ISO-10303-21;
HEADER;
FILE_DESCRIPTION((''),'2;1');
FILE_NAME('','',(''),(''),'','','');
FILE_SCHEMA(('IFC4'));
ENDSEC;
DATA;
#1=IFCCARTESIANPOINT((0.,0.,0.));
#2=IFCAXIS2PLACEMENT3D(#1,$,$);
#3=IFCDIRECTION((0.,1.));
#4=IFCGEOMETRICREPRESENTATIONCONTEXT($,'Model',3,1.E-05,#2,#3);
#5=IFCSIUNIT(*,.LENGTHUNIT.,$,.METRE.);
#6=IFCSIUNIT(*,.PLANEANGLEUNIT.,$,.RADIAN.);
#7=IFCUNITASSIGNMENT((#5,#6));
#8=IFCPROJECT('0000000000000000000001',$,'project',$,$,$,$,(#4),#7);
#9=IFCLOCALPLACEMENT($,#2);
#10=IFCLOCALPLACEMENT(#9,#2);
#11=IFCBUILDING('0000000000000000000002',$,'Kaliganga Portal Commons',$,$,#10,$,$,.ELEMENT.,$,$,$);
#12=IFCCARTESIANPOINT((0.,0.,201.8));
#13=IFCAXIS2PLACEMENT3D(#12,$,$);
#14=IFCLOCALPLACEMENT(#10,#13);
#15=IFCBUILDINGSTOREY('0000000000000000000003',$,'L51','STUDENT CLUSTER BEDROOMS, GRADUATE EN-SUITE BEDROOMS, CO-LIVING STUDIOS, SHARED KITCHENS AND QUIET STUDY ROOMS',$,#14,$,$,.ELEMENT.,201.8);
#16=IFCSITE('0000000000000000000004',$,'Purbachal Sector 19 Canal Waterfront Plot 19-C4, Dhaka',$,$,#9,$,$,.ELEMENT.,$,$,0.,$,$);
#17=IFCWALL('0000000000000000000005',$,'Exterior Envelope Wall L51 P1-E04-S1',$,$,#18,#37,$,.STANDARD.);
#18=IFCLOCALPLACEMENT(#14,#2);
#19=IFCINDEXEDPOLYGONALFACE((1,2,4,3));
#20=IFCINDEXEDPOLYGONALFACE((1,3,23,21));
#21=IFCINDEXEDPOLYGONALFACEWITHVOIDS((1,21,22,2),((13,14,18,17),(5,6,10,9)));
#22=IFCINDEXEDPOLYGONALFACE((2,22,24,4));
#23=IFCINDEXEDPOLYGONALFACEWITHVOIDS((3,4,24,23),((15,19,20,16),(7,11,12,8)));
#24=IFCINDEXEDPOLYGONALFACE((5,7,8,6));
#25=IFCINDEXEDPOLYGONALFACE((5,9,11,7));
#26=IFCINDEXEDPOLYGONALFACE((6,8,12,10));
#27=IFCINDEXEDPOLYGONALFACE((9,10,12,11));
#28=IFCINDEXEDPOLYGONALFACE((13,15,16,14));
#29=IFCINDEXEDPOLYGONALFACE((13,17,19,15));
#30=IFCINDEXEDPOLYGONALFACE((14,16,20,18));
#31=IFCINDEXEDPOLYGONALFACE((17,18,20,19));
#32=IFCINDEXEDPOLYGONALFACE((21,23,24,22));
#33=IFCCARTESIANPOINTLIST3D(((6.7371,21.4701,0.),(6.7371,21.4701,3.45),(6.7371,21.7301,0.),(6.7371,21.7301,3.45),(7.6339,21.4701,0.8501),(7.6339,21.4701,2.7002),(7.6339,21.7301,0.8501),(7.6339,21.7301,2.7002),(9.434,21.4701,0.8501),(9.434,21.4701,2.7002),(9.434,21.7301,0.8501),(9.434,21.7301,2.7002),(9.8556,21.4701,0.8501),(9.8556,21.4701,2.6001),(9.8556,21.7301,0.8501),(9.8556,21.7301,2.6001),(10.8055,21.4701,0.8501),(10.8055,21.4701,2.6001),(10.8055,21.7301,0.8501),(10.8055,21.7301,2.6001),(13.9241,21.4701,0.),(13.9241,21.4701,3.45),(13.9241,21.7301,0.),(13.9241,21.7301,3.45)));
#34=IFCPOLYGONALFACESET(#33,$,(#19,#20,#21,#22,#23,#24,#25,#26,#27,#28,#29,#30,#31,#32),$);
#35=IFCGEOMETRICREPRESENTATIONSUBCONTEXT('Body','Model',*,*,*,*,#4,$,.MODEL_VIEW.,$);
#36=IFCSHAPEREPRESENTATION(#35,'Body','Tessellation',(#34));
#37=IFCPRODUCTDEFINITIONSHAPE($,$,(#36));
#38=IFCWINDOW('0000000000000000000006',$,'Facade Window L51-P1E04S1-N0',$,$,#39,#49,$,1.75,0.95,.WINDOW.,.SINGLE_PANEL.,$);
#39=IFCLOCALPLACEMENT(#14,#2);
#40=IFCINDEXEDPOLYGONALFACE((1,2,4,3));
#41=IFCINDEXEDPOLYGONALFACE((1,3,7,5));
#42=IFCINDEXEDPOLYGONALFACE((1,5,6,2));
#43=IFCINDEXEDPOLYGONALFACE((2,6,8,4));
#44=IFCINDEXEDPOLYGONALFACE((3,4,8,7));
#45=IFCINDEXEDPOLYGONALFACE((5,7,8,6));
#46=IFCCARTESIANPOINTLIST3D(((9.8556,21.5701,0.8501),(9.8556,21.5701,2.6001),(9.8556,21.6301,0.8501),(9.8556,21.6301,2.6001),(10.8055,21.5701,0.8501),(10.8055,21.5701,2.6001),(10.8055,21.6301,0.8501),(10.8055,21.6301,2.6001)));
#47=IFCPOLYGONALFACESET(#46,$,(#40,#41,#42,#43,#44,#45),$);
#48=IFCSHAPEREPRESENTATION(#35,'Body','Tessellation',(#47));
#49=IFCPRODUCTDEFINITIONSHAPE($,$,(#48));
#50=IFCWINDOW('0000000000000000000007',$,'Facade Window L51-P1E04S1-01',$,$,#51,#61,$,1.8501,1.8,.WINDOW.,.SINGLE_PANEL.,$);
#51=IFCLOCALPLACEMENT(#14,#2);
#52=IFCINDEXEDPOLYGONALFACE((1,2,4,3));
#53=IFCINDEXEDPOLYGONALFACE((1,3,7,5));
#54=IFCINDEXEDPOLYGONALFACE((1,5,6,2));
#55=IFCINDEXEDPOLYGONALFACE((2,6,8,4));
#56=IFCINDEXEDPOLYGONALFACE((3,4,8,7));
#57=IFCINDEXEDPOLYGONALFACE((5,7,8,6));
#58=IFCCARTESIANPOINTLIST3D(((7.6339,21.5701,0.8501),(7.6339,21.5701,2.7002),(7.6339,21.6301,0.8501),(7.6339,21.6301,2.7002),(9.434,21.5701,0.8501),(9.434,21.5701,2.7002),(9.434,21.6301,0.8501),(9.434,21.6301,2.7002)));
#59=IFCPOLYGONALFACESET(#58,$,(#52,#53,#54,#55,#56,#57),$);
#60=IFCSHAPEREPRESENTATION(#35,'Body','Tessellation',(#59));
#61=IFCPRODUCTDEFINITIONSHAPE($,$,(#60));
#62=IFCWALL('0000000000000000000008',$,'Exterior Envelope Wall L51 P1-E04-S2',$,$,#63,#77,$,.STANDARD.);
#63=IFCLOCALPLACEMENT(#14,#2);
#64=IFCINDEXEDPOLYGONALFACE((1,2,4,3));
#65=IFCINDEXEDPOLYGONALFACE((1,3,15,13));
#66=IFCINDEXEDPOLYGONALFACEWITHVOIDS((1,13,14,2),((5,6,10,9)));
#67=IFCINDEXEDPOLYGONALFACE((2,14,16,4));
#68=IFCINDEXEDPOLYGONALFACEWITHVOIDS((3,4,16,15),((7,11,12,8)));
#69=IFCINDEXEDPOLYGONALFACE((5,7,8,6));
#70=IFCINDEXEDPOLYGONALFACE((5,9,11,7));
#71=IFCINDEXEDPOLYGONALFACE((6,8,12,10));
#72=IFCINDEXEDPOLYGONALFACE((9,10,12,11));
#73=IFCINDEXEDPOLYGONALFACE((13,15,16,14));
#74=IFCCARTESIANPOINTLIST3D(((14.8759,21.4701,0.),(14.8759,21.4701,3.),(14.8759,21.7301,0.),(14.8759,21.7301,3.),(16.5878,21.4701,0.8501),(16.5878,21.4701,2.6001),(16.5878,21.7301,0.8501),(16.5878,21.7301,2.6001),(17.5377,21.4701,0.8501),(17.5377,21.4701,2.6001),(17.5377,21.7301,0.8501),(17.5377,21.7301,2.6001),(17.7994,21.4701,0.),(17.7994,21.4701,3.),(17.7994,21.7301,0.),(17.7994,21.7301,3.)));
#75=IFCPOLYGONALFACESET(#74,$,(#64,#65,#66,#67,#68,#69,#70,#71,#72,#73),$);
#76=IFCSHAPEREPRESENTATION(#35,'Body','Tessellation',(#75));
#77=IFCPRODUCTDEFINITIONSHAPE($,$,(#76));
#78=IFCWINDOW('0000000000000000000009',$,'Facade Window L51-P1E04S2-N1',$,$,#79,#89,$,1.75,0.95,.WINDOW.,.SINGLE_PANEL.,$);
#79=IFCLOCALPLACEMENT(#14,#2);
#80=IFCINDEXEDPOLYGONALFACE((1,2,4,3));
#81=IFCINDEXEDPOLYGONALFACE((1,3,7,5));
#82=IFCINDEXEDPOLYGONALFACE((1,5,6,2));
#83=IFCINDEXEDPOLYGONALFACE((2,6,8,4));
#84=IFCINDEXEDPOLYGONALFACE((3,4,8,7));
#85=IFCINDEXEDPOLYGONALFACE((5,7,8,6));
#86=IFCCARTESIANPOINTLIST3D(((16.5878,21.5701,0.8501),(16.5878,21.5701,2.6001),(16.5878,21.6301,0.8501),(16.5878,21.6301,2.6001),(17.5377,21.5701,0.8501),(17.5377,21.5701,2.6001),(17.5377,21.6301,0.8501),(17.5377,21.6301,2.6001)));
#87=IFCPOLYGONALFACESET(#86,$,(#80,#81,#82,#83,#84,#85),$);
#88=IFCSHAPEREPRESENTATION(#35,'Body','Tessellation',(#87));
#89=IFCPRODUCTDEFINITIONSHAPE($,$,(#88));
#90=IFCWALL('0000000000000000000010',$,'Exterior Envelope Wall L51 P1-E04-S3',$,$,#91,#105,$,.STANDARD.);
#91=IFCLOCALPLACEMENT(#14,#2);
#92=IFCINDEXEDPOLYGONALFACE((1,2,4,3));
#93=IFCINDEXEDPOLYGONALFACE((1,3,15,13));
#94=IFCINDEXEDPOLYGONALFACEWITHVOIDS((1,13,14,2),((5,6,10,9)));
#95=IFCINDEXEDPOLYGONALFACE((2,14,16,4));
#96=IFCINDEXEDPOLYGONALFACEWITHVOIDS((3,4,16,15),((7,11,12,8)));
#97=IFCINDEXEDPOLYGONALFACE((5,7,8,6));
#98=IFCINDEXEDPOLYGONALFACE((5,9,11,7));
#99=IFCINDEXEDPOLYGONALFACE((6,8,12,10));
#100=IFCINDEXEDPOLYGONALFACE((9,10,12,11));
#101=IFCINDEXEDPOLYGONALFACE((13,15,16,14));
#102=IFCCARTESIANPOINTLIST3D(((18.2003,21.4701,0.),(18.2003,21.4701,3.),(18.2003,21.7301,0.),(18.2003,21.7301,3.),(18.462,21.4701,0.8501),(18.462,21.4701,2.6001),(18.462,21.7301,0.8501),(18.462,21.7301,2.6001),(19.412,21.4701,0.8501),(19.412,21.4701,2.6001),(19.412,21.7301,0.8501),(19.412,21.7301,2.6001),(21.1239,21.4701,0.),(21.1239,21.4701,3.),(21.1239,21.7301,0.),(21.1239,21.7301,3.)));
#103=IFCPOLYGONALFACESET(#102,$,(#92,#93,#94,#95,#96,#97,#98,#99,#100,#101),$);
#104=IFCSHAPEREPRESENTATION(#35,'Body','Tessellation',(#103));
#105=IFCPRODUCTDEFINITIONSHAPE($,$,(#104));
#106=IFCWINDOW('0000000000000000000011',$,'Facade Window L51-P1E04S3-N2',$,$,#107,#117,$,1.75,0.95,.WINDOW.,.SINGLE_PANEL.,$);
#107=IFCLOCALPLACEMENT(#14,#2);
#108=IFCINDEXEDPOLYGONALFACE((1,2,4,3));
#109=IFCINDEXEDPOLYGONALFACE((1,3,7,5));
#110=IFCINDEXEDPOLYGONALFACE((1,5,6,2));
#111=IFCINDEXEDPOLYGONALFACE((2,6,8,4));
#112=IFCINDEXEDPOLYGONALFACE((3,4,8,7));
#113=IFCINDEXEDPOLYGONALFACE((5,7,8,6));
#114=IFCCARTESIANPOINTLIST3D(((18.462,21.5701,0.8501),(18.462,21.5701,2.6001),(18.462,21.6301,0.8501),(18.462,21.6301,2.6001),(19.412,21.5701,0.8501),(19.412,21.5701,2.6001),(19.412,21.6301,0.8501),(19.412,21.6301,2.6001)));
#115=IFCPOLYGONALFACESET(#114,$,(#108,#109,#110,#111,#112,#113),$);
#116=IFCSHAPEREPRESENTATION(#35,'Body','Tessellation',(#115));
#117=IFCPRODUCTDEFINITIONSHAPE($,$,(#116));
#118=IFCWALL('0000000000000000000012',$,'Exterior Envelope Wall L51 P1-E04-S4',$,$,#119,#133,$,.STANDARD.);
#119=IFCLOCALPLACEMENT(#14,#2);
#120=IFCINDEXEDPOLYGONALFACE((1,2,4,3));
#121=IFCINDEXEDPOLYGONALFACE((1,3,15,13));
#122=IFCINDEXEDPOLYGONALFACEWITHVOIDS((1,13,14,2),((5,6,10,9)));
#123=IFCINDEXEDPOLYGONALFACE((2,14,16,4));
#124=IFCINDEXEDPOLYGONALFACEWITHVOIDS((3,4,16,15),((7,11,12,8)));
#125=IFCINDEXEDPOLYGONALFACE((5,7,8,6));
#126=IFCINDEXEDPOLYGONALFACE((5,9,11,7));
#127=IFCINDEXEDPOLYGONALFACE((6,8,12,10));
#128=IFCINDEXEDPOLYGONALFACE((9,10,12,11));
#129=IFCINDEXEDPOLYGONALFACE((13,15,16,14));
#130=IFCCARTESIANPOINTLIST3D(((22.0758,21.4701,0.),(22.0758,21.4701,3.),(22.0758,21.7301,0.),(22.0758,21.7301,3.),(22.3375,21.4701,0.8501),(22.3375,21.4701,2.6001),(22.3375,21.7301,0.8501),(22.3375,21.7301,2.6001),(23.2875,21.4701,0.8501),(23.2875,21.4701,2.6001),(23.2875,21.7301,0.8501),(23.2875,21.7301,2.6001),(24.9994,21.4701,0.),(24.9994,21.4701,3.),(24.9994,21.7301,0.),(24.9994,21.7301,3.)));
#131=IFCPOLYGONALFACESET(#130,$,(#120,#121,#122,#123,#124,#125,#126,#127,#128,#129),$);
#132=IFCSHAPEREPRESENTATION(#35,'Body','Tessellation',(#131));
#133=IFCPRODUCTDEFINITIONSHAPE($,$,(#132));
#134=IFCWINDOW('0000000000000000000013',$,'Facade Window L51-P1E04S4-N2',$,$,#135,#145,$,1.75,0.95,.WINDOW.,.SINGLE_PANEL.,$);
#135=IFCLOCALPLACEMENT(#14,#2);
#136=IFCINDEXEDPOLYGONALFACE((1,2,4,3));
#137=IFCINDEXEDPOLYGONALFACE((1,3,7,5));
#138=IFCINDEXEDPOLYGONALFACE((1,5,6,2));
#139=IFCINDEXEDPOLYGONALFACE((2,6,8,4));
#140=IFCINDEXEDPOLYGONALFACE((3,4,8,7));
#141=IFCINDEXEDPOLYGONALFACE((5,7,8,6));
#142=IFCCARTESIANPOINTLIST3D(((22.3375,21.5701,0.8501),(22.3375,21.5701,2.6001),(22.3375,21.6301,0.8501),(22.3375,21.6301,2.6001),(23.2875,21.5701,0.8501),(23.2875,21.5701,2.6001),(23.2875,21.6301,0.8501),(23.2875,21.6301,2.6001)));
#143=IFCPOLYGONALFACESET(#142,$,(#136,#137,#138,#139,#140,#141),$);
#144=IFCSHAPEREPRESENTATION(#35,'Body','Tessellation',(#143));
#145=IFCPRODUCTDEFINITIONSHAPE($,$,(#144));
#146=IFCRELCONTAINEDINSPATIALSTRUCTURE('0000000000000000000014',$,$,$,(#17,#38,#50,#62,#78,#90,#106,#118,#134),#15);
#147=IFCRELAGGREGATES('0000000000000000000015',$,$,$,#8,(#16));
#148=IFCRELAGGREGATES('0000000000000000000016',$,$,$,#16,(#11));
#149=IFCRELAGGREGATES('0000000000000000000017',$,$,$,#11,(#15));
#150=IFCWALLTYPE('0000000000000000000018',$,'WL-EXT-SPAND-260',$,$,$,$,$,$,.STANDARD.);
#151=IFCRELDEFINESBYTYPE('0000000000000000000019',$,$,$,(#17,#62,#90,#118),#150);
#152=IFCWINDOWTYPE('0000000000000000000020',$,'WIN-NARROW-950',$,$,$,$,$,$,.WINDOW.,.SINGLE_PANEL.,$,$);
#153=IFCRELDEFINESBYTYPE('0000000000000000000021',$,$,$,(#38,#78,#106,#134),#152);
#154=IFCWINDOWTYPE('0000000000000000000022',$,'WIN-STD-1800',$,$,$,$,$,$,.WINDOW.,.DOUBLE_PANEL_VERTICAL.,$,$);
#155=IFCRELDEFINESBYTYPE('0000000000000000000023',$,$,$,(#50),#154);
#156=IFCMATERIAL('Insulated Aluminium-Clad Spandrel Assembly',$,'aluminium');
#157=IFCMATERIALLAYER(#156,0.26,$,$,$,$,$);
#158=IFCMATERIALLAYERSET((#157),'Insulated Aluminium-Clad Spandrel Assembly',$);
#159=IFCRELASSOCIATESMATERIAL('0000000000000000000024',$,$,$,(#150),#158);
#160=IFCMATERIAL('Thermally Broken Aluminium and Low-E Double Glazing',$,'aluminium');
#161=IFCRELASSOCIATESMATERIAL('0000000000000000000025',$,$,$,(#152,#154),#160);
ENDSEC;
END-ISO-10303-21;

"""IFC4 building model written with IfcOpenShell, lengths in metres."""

from ifc_helpers import new_model, si_unit, direction, frame, frame_2d, origin, place, context, subcontext, project, spatial, rectangle, extrude, material, layer, layer_set, type_object, element, fill, save


model = new_model("IFC4")

# Units and contexts
model_context = context("Model", 3, precision=1e-05, world=origin(), true_north=direction((0.0, 1.0)))
body_context = subcontext(model_context, "Body", "Model", "MODEL_VIEW")
ifc_project = project(units=[si_unit("LENGTHUNIT", "METRE"), si_unit("PLANEANGLEUNIT", "RADIAN")], contexts=[model_context])

# Site, building, storey
site_placement = place(None, origin())
site = spatial("IfcSite", under=ifc_project, at=site_placement, Name="Purbachal Sector 19 Canal Waterfront Plot 19-C4, Dhaka", CompositionType="ELEMENT", RefElevation=0.0)
building_placement = place(site_placement, origin())
building = spatial("IfcBuilding", under=site, at=building_placement, Name="Kaliganga Portal Commons", CompositionType="ELEMENT")
storey_placement = place(building_placement, frame((0.0, 0.0, 201.8)))
storey = spatial("IfcBuildingStorey", under=building, at=storey_placement, Name="L51", Description="STUDENT CLUSTER BEDROOMS, GRADUATE EN-SUITE BEDROOMS, CO-LIVING STUDIOS, SHARED KITCHENS AND QUIET STUDY ROOMS", CompositionType="ELEMENT", Elevation=201.8)

# Wall, openings, windows
ifc_material_1 = material(Name="Insulated Aluminium-Clad Spandrel Assembly", Category="aluminium")
ifc_layer_1 = layer(ifc_material_1, 0.26)
ifc_layer_set_1 = layer_set([ifc_layer_1], Name="Insulated Aluminium-Clad Spandrel Assembly")
wall_type_1 = type_object("IfcWallType", Name="WL-EXT-SPAND-260", PredefinedType="STANDARD", material=ifc_layer_set_1)
wall_1_placement = place(storey_placement, frame((13.9241, 21.6001, 0.0), z_axis=(0.0, 0.0, 1.0), x_axis=(-1.0, 0.0, 0.0)))
wall_1 = element("IfcWall", 1, at=wall_1_placement, inside=storey, type_object=wall_type_1, Name="Exterior Envelope Wall L51 P1-E04-S1", PredefinedType="STANDARD", context=body_context, shape_type="SweptSolid", body=[
    extrude(rectangle(XDim=7.187, YDim=0.26, at=frame_2d((3.5935, 0.0))), origin(), (0.0, 0.0, 1.0), 3.45),
])
opening_1_placement = place(wall_1_placement, frame((4.4902, 0.0, 0.8501)))
opening_1 = element("IfcOpeningElement", 2, at=opening_1_placement, cuts=wall_1, PredefinedType="OPENING", context=body_context, shape_type="SweptSolid", body=[
    extrude(rectangle(XDim=1.8, YDim=1.8501, at=frame_2d((0.8999, 0.925))), frame((0.0, 0.1401, 0.0), z_axis=(0.0, -1.0, 0.0), x_axis=(1.0, 0.0, 0.0)), (0.0, 0.0, 1.0), 0.28),
])
opening_2_placement = place(wall_1_placement, frame((3.1184, 0.0, 0.8501)))
opening_2 = element("IfcOpeningElement", 3, at=opening_2_placement, cuts=wall_1, PredefinedType="OPENING", context=body_context, shape_type="SweptSolid", body=[
    extrude(rectangle(XDim=0.95, YDim=1.75, at=frame_2d((0.4751, 0.875))), frame((0.0, 0.1401, 0.0), z_axis=(0.0, -1.0, 0.0), x_axis=(1.0, 0.0, 0.0)), (0.0, 0.0, 1.0), 0.28),
])
ifc_material_2 = material(Name="Thermally Broken Aluminium and Low-E Double Glazing", Category="aluminium")
window_type_1 = type_object("IfcWindowType", Name="WIN-NARROW-950", PartitioningType="SINGLE_PANEL", PredefinedType="WINDOW", material=ifc_material_2)
window_1_placement = place(opening_2_placement, origin())
window_1 = element("IfcWindow", 4, at=window_1_placement, inside=storey, type_object=window_type_1, Name="Facade Window L51-P1E04S1-N0", OverallHeight=1.75, OverallWidth=0.95, PartitioningType="SINGLE_PANEL", PredefinedType="WINDOW", context=body_context, shape_type="SweptSolid", body=[
    extrude(rectangle(XDim=0.95, YDim=1.75, at=frame_2d((0.4751, 0.875))), frame((0.0, 0.03, 0.0), z_axis=(0.0, -1.0, 0.0), x_axis=(1.0, 0.0, 0.0)), (0.0, 0.0, 1.0), 0.0601),
])
fill(opening_2, window_1)
window_type_2 = type_object("IfcWindowType", Name="WIN-STD-1800", PartitioningType="DOUBLE_PANEL_VERTICAL", PredefinedType="WINDOW", material=ifc_material_2)
window_2_placement = place(opening_1_placement, origin())
window_2 = element("IfcWindow", 5, at=window_2_placement, inside=storey, type_object=window_type_2, Name="Facade Window L51-P1E04S1-01", OverallHeight=1.8501, OverallWidth=1.8, PartitioningType="SINGLE_PANEL", PredefinedType="WINDOW", context=body_context, shape_type="SweptSolid", body=[
    extrude(rectangle(XDim=1.8, YDim=1.8501, at=frame_2d((0.8999, 0.925))), frame((0.0, 0.03, 0.0), z_axis=(0.0, -1.0, 0.0), x_axis=(1.0, 0.0, 0.0)), (0.0, 0.0, 1.0), 0.0601),
])
fill(opening_1, window_2)

# Walls, openings, windows
wall_2_placement = place(storey_placement, frame((17.7996, 21.6001, 0.0), z_axis=(0.0, 0.0, 1.0), x_axis=(-1.0, 0.0, 0.0)))
wall_2 = element("IfcWall", 6, at=wall_2_placement, inside=storey, type_object=wall_type_1, Name="Exterior Envelope Wall L51 P1-E04-S2", PredefinedType="STANDARD", context=body_context, shape_type="SweptSolid", body=[
    extrude(rectangle(XDim=2.9236, YDim=0.26, at=frame_2d((1.4619, 0.0))), origin(), (0.0, 0.0, 1.0), 3.0),
])
opening_3_placement = place(wall_2_placement, frame((0.2617, 0.0, 0.8501)))
opening_3 = element("IfcOpeningElement", 7, at=opening_3_placement, cuts=wall_2, PredefinedType="OPENING", context=body_context, shape_type="SweptSolid", body=[
    extrude(rectangle(XDim=0.95, YDim=1.75, at=frame_2d((0.4751, 0.875))), frame((0.0, 0.1401, 0.0), z_axis=(0.0, -1.0, 0.0), x_axis=(1.0, 0.0, 0.0)), (0.0, 0.0, 1.0), 0.28),
])
window_3_placement = place(opening_3_placement, origin())
window_3 = element("IfcWindow", 8, at=window_3_placement, inside=storey, type_object=window_type_1, Name="Facade Window L51-P1E04S2-N1", OverallHeight=1.75, OverallWidth=0.95, PartitioningType="SINGLE_PANEL", PredefinedType="WINDOW", context=body_context, shape_type="SweptSolid", body=[
    extrude(rectangle(XDim=0.95, YDim=1.75, at=frame_2d((0.4751, 0.875))), frame((0.0, 0.03, 0.0), z_axis=(0.0, -1.0, 0.0), x_axis=(1.0, 0.0, 0.0)), (0.0, 0.0, 1.0), 0.0601),
])
fill(opening_3, window_3)
wall_3_placement = place(storey_placement, frame((21.124, 21.6001, 0.0), z_axis=(0.0, 0.0, 1.0), x_axis=(-1.0, 0.0, 0.0)))
wall_3 = element("IfcWall", 9, at=wall_3_placement, inside=storey, type_object=wall_type_1, Name="Exterior Envelope Wall L51 P1-E04-S3", PredefinedType="STANDARD", context=body_context, shape_type="SweptSolid", body=[
    extrude(rectangle(XDim=2.9236, YDim=0.26, at=frame_2d((1.4619, 0.0))), origin(), (0.0, 0.0, 1.0), 3.0),
])
opening_4_placement = place(wall_3_placement, frame((1.7119, 0.0, 0.8501)))
opening_4 = element("IfcOpeningElement", 10, at=opening_4_placement, cuts=wall_3, PredefinedType="OPENING", context=body_context, shape_type="SweptSolid", body=[
    extrude(rectangle(XDim=0.95, YDim=1.75, at=frame_2d((0.4751, 0.875))), frame((0.0, 0.1401, 0.0), z_axis=(0.0, -1.0, 0.0), x_axis=(1.0, 0.0, 0.0)), (0.0, 0.0, 1.0), 0.28),
])
window_4_placement = place(opening_4_placement, origin())
window_4 = element("IfcWindow", 11, at=window_4_placement, inside=storey, type_object=window_type_1, Name="Facade Window L51-P1E04S3-N2", OverallHeight=1.75, OverallWidth=0.95, PartitioningType="SINGLE_PANEL", PredefinedType="WINDOW", context=body_context, shape_type="SweptSolid", body=[
    extrude(rectangle(XDim=0.95, YDim=1.75, at=frame_2d((0.4751, 0.875))), frame((0.0, 0.03, 0.0), z_axis=(0.0, -1.0, 0.0), x_axis=(1.0, 0.0, 0.0)), (0.0, 0.0, 1.0), 0.0601),
])
fill(opening_4, window_4)
wall_4_placement = place(storey_placement, frame((24.9995, 21.6001, 0.0), z_axis=(0.0, 0.0, 1.0), x_axis=(-1.0, 0.0, 0.0)))
wall_4 = element("IfcWall", 12, at=wall_4_placement, inside=storey, type_object=wall_type_1, Name="Exterior Envelope Wall L51 P1-E04-S4", PredefinedType="STANDARD", context=body_context, shape_type="SweptSolid", body=[
    extrude(rectangle(XDim=2.9236, YDim=0.26, at=frame_2d((1.4619, 0.0))), origin(), (0.0, 0.0, 1.0), 3.0),
])
opening_5_placement = place(wall_4_placement, frame((1.7119, 0.0, 0.8501)))
opening_5 = element("IfcOpeningElement", 13, at=opening_5_placement, cuts=wall_4, PredefinedType="OPENING", context=body_context, shape_type="SweptSolid", body=[
    extrude(rectangle(XDim=0.95, YDim=1.75, at=frame_2d((0.4751, 0.875))), frame((0.0, 0.1401, 0.0), z_axis=(0.0, -1.0, 0.0), x_axis=(1.0, 0.0, 0.0)), (0.0, 0.0, 1.0), 0.28),
])
window_5_placement = place(opening_5_placement, origin())
window_5 = element("IfcWindow", 14, at=window_5_placement, inside=storey, type_object=window_type_1, Name="Facade Window L51-P1E04S4-N2", OverallHeight=1.75, OverallWidth=0.95, PartitioningType="SINGLE_PANEL", PredefinedType="WINDOW", context=body_context, shape_type="SweptSolid", body=[
    extrude(rectangle(XDim=0.95, YDim=1.75, at=frame_2d((0.4751, 0.875))), frame((0.0, 0.03, 0.0), z_axis=(0.0, -1.0, 0.0), x_axis=(1.0, 0.0, 0.0)), (0.0, 0.0, 1.0), 0.0601),
])
fill(opening_5, window_5)

save(model, "model.ifc")
